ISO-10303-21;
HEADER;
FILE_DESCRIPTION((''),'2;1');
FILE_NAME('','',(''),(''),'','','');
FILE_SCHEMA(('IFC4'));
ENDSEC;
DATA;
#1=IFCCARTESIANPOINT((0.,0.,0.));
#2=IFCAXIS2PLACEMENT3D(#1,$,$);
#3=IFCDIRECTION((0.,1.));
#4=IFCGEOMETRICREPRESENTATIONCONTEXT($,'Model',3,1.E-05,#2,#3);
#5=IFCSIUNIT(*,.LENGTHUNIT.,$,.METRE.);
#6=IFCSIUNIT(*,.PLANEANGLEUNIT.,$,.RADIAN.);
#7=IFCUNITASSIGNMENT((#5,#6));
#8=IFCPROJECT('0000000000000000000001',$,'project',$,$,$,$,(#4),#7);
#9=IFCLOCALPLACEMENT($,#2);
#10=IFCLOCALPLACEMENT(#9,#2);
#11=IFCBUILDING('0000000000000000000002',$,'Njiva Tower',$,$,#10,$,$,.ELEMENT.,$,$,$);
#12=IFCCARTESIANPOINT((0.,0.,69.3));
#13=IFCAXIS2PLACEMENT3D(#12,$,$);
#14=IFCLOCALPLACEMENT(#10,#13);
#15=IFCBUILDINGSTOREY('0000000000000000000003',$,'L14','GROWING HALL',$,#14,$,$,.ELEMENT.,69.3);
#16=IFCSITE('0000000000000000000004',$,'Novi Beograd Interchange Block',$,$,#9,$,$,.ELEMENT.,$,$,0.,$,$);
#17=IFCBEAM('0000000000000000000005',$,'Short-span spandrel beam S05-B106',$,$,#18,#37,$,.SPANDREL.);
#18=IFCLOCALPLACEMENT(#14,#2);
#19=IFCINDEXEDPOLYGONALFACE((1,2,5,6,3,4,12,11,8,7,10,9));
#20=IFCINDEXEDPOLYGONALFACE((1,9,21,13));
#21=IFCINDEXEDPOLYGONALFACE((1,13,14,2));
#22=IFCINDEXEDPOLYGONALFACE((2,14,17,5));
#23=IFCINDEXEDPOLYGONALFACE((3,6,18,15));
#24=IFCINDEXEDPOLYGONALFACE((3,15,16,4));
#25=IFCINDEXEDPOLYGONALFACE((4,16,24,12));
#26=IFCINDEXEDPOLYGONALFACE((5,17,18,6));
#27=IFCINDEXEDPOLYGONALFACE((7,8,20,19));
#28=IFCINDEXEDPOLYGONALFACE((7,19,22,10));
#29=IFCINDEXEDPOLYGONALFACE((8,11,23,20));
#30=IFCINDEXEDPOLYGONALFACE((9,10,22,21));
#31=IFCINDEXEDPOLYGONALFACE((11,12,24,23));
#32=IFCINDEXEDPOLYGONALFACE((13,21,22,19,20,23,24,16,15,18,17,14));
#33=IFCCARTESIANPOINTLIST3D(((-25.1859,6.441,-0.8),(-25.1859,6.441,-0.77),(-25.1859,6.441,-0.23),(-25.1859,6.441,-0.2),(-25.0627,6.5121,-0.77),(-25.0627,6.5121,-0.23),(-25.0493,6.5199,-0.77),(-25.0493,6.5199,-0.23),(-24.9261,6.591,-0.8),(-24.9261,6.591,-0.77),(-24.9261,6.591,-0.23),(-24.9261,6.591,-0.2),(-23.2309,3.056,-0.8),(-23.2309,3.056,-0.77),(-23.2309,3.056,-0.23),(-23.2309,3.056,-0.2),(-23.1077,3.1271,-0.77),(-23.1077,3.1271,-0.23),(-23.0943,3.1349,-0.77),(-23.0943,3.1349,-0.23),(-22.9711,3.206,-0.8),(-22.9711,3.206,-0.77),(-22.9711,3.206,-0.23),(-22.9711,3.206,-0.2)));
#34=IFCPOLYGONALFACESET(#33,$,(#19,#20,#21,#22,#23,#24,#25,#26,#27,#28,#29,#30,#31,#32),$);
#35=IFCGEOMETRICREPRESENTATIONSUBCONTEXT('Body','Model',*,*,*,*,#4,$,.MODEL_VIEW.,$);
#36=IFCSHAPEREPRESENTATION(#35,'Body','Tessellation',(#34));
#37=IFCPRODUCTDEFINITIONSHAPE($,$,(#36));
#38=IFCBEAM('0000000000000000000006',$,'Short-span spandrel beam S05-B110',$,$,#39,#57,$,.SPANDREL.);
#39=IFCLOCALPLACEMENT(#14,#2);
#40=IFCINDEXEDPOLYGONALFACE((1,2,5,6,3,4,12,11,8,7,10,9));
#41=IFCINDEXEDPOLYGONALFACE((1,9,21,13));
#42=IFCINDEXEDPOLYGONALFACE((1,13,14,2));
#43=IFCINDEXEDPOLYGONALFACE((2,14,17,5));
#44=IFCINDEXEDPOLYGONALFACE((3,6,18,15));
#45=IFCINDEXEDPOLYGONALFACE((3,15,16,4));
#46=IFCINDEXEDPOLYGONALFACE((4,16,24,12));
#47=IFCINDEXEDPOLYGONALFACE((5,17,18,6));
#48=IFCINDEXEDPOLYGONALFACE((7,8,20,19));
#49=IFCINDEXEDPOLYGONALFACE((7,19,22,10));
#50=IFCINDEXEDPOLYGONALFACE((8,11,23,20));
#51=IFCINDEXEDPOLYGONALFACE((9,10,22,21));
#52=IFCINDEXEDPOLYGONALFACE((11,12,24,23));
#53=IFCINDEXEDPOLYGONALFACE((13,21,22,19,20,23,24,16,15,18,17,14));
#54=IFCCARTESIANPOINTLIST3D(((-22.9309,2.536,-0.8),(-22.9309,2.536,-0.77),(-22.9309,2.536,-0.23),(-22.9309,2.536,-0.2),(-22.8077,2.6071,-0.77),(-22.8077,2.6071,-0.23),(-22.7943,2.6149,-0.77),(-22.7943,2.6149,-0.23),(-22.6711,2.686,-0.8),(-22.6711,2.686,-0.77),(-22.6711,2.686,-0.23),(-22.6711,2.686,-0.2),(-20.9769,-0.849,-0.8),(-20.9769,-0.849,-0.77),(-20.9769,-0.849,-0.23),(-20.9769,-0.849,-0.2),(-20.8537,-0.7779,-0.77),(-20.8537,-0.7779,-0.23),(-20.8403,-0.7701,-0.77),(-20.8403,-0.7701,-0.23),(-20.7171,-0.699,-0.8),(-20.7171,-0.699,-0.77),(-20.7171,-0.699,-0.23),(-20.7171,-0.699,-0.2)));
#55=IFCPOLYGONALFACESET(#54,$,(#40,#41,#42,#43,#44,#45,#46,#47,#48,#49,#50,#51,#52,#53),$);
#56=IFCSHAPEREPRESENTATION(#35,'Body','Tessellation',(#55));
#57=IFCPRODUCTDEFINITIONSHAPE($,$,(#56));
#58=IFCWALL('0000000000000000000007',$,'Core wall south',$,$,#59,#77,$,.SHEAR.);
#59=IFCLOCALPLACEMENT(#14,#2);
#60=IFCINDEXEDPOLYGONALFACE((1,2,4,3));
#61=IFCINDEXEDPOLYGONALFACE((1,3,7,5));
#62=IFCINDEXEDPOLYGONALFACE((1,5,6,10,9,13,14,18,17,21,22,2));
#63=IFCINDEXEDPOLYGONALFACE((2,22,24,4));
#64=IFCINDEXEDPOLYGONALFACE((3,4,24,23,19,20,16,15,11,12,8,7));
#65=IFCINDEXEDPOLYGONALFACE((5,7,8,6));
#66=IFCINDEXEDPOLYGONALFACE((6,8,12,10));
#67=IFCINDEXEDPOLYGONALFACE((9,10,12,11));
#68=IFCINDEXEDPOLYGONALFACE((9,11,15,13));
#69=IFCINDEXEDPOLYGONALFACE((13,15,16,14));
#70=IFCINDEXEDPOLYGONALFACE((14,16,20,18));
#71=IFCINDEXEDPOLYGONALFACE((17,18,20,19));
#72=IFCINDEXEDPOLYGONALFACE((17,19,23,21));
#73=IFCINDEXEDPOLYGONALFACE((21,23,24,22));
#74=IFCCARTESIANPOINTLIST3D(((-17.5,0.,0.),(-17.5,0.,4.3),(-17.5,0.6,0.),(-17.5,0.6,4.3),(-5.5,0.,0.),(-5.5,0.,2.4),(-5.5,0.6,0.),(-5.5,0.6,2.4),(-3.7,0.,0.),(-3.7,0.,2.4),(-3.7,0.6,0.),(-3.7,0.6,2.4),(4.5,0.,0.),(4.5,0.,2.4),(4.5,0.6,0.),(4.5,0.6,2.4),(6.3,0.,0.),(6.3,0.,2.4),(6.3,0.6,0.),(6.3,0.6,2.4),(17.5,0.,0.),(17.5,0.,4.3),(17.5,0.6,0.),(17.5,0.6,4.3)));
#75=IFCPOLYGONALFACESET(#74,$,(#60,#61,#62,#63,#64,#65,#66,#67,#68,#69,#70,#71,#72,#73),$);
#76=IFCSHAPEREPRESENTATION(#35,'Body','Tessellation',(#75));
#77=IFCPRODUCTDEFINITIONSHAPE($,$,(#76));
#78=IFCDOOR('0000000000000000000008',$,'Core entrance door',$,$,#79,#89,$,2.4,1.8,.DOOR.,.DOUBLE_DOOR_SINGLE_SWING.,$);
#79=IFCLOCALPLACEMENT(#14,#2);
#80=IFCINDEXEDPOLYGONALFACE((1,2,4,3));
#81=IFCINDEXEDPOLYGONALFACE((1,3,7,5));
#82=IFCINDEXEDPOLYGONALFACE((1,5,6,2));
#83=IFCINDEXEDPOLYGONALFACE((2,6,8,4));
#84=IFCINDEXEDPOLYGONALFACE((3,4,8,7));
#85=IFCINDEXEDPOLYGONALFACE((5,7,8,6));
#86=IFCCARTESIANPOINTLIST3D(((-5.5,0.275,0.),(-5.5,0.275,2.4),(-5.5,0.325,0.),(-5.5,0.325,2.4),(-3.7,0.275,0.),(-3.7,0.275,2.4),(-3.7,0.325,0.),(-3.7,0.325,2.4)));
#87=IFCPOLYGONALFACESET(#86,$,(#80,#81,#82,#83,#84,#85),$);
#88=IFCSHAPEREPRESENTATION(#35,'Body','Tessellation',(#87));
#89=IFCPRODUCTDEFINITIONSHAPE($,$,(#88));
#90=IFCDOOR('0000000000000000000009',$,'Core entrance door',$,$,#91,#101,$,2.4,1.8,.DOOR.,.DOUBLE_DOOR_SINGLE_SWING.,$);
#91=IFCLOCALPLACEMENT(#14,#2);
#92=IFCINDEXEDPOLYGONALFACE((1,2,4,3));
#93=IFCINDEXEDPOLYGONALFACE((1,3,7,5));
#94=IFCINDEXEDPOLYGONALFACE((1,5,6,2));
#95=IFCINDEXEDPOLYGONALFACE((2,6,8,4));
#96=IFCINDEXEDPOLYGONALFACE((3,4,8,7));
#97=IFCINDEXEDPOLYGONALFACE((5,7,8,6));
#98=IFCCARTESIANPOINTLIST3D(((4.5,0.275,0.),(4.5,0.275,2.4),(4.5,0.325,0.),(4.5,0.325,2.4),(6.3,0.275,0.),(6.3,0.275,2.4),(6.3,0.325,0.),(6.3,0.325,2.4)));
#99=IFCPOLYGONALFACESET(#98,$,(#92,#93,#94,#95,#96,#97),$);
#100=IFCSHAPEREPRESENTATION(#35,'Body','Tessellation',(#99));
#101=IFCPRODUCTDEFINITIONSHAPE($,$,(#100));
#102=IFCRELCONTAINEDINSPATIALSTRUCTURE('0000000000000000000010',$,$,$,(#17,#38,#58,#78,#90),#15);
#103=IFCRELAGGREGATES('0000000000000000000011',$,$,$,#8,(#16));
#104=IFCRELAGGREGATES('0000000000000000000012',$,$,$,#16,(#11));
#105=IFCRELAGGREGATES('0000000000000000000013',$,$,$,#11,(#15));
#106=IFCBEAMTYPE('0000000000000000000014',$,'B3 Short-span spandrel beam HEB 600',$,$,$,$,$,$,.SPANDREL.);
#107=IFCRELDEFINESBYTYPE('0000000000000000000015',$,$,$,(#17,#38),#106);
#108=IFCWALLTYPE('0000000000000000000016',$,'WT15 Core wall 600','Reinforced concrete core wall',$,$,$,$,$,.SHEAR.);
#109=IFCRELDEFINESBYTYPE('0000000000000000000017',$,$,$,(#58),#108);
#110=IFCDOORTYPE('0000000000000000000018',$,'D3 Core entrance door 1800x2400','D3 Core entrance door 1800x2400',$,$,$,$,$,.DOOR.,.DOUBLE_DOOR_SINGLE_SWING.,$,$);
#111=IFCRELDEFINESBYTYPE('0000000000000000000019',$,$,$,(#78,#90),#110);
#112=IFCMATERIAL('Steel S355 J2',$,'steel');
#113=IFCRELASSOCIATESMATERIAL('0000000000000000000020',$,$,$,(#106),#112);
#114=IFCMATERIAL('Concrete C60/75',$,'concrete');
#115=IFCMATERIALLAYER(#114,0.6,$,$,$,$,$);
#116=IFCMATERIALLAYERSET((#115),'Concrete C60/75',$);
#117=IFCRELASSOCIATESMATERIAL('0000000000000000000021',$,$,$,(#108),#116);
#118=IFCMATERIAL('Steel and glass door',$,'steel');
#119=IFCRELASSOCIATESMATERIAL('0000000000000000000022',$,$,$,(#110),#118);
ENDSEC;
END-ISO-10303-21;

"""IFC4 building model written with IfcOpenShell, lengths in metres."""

from ifc_helpers import new_model, si_unit, direction, frame, frame_2d, origin, origin_2d, place, context, subcontext, project, spatial, rectangle, i_section, extrude, material, layer, layer_set, material_profile, profile_set, type_object, element, fill, save


model = new_model("IFC4")

# Units and contexts
model_context = context("Model", 3, precision=1e-05, world=origin(), true_north=direction((0.0, 1.0)))
body_context = subcontext(model_context, "Body", "Model", "MODEL_VIEW")
ifc_project = project(units=[si_unit("LENGTHUNIT", "METRE"), si_unit("PLANEANGLEUNIT", "RADIAN")], contexts=[model_context])

# Site, building, storey
site_placement = place(None, origin())
site = spatial("IfcSite", under=ifc_project, at=site_placement, Name="Novi Beograd Interchange Block", CompositionType="ELEMENT", RefElevation=0.0)
building_placement = place(site_placement, origin())
building = spatial("IfcBuilding", under=site, at=building_placement, Name="Njiva Tower", CompositionType="ELEMENT")
storey_placement = place(building_placement, frame((0.0, 0.0, 69.3)))
storey = spatial("IfcBuildingStorey", under=building, at=storey_placement, Name="L14", Description="GROWING HALL", CompositionType="ELEMENT", Elevation=69.3)

# Shared definitions
ifc_material_1 = material(Name="Steel S355 J2", Category="steel")

# Beams
ifc_material_profile_1 = material_profile(ifc_material_1, i_section(OverallWidth=0.3, OverallDepth=0.6, WebThickness=0.0155, FlangeThickness=0.03, at=origin_2d()), Name="HEB 600")
ifc_profile_set_1 = profile_set([ifc_material_profile_1], Name="Steel S355 J2")
beam_type_1 = type_object("IfcBeamType", Name="B3 Short-span spandrel beam HEB 600", PredefinedType="SPANDREL", material=ifc_profile_set_1)
beam_1_placement = place(storey_placement, frame((-25.056, 6.516, -0.5), z_axis=(0.500128, -0.865951, 0.0), x_axis=(0.865951, 0.500128, 0.0)))
element("IfcBeam", 1, at=beam_1_placement, inside=storey, type_object=beam_type_1, Name="Short-span spandrel beam S05-B106", PredefinedType="SPANDREL", context=body_context, shape_type="SweptSolid", body=[
    extrude(i_section(OverallWidth=0.3, OverallDepth=0.6, WebThickness=0.0155, FlangeThickness=0.03, at=origin_2d()), origin(), (0.0, 0.0, 1.0), 3.909),
])
beam_2_placement = place(storey_placement, frame((-22.801, 2.611, -0.5), z_axis=(0.499937, -0.866062, 0.0), x_axis=(0.866062, 0.499937, 0.0)))
element("IfcBeam", 2, at=beam_2_placement, inside=storey, type_object=beam_type_1, Name="Short-span spandrel beam S05-B110", PredefinedType="SPANDREL", context=body_context, shape_type="SweptSolid", body=[
    extrude(i_section(OverallWidth=0.3, OverallDepth=0.6, WebThickness=0.0155, FlangeThickness=0.03, at=origin_2d()), origin(), (0.0, 0.0, 1.0), 3.9085),
])

# Wall, openings, doors
ifc_material_2 = material(Name="Concrete C60/75", Category="concrete")
ifc_layer_1 = layer(ifc_material_2, 0.6)
ifc_layer_set_1 = layer_set([ifc_layer_1], Name="Concrete C60/75")
wall_type_1 = type_object("IfcWallType", Name="WT15 Core wall 600", Description="Reinforced concrete core wall", PredefinedType="SHEAR", material=ifc_layer_set_1)
wall_1_placement = place(storey_placement, frame((-17.5, 0.3, 0.0), z_axis=(0.0, 0.0, 1.0), x_axis=(1.0, 0.0, 0.0)))
wall_1 = element("IfcWall", 3, at=wall_1_placement, inside=storey, type_object=wall_type_1, Name="Core wall south", PredefinedType="SHEAR", context=body_context, shape_type="SweptSolid", body=[
    extrude(rectangle(XDim=35.0, YDim=0.6, at=frame_2d((17.5, 0.0))), origin(), (0.0, 0.0, 1.0), 4.3),
])
opening_1_placement = place(wall_1_placement, frame((12.0, 0.0, 0.0)))
opening_1 = element("IfcOpeningElement", 4, at=opening_1_placement, cuts=wall_1, PredefinedType="OPENING", context=body_context, shape_type="SweptSolid", body=[
    extrude(rectangle(XDim=1.8, YDim=2.4, at=frame_2d((0.9, 1.2))), frame((0.0, 0.31, 0.0), z_axis=(0.0, -1.0, 0.0), x_axis=(1.0, 0.0, 0.0)), (0.0, 0.0, 1.0), 0.62),
])
opening_2_placement = place(wall_1_placement, frame((22.0, 0.0, 0.0)))
opening_2 = element("IfcOpeningElement", 5, at=opening_2_placement, cuts=wall_1, PredefinedType="OPENING", context=body_context, shape_type="SweptSolid", body=[
    extrude(rectangle(XDim=1.8, YDim=2.4, at=frame_2d((0.9, 1.2))), frame((0.0, 0.31, 0.0), z_axis=(0.0, -1.0, 0.0), x_axis=(1.0, 0.0, 0.0)), (0.0, 0.0, 1.0), 0.62),
])
ifc_material_3 = material(Name="Steel and glass door", Category="steel")
door_type_1 = type_object("IfcDoorType", Name="D3 Core entrance door 1800x2400", Description="D3 Core entrance door 1800x2400", OperationType="DOUBLE_DOOR_SINGLE_SWING", PredefinedType="DOOR", material=ifc_material_3)
door_1_placement = place(opening_1_placement, origin())
door_1 = element("IfcDoor", 6, at=door_1_placement, inside=storey, type_object=door_type_1, Name="Core entrance door", OperationType="DOUBLE_DOOR_SINGLE_SWING", OverallHeight=2.4, OverallWidth=1.8, PredefinedType="DOOR", context=body_context, shape_type="SweptSolid", body=[
    extrude(rectangle(XDim=1.8, YDim=2.4, at=frame_2d((0.9, 1.2))), frame((0.0, 0.025, 0.0), z_axis=(0.0, -1.0, 0.0), x_axis=(1.0, 0.0, 0.0)), (0.0, 0.0, 1.0), 0.05),
])
fill(opening_1, door_1)
door_2_placement = place(opening_2_placement, origin())
door_2 = element("IfcDoor", 7, at=door_2_placement, inside=storey, type_object=door_type_1, Name="Core entrance door", OperationType="DOUBLE_DOOR_SINGLE_SWING", OverallHeight=2.4, OverallWidth=1.8, PredefinedType="DOOR", context=body_context, shape_type="SweptSolid", body=[
    extrude(rectangle(XDim=1.8, YDim=2.4, at=frame_2d((0.9, 1.2))), frame((0.0, 0.025, 0.0), z_axis=(0.0, -1.0, 0.0), x_axis=(1.0, 0.0, 0.0)), (0.0, 0.0, 1.0), 0.05),
])
fill(opening_2, door_2)

save(model, "model.ifc")
